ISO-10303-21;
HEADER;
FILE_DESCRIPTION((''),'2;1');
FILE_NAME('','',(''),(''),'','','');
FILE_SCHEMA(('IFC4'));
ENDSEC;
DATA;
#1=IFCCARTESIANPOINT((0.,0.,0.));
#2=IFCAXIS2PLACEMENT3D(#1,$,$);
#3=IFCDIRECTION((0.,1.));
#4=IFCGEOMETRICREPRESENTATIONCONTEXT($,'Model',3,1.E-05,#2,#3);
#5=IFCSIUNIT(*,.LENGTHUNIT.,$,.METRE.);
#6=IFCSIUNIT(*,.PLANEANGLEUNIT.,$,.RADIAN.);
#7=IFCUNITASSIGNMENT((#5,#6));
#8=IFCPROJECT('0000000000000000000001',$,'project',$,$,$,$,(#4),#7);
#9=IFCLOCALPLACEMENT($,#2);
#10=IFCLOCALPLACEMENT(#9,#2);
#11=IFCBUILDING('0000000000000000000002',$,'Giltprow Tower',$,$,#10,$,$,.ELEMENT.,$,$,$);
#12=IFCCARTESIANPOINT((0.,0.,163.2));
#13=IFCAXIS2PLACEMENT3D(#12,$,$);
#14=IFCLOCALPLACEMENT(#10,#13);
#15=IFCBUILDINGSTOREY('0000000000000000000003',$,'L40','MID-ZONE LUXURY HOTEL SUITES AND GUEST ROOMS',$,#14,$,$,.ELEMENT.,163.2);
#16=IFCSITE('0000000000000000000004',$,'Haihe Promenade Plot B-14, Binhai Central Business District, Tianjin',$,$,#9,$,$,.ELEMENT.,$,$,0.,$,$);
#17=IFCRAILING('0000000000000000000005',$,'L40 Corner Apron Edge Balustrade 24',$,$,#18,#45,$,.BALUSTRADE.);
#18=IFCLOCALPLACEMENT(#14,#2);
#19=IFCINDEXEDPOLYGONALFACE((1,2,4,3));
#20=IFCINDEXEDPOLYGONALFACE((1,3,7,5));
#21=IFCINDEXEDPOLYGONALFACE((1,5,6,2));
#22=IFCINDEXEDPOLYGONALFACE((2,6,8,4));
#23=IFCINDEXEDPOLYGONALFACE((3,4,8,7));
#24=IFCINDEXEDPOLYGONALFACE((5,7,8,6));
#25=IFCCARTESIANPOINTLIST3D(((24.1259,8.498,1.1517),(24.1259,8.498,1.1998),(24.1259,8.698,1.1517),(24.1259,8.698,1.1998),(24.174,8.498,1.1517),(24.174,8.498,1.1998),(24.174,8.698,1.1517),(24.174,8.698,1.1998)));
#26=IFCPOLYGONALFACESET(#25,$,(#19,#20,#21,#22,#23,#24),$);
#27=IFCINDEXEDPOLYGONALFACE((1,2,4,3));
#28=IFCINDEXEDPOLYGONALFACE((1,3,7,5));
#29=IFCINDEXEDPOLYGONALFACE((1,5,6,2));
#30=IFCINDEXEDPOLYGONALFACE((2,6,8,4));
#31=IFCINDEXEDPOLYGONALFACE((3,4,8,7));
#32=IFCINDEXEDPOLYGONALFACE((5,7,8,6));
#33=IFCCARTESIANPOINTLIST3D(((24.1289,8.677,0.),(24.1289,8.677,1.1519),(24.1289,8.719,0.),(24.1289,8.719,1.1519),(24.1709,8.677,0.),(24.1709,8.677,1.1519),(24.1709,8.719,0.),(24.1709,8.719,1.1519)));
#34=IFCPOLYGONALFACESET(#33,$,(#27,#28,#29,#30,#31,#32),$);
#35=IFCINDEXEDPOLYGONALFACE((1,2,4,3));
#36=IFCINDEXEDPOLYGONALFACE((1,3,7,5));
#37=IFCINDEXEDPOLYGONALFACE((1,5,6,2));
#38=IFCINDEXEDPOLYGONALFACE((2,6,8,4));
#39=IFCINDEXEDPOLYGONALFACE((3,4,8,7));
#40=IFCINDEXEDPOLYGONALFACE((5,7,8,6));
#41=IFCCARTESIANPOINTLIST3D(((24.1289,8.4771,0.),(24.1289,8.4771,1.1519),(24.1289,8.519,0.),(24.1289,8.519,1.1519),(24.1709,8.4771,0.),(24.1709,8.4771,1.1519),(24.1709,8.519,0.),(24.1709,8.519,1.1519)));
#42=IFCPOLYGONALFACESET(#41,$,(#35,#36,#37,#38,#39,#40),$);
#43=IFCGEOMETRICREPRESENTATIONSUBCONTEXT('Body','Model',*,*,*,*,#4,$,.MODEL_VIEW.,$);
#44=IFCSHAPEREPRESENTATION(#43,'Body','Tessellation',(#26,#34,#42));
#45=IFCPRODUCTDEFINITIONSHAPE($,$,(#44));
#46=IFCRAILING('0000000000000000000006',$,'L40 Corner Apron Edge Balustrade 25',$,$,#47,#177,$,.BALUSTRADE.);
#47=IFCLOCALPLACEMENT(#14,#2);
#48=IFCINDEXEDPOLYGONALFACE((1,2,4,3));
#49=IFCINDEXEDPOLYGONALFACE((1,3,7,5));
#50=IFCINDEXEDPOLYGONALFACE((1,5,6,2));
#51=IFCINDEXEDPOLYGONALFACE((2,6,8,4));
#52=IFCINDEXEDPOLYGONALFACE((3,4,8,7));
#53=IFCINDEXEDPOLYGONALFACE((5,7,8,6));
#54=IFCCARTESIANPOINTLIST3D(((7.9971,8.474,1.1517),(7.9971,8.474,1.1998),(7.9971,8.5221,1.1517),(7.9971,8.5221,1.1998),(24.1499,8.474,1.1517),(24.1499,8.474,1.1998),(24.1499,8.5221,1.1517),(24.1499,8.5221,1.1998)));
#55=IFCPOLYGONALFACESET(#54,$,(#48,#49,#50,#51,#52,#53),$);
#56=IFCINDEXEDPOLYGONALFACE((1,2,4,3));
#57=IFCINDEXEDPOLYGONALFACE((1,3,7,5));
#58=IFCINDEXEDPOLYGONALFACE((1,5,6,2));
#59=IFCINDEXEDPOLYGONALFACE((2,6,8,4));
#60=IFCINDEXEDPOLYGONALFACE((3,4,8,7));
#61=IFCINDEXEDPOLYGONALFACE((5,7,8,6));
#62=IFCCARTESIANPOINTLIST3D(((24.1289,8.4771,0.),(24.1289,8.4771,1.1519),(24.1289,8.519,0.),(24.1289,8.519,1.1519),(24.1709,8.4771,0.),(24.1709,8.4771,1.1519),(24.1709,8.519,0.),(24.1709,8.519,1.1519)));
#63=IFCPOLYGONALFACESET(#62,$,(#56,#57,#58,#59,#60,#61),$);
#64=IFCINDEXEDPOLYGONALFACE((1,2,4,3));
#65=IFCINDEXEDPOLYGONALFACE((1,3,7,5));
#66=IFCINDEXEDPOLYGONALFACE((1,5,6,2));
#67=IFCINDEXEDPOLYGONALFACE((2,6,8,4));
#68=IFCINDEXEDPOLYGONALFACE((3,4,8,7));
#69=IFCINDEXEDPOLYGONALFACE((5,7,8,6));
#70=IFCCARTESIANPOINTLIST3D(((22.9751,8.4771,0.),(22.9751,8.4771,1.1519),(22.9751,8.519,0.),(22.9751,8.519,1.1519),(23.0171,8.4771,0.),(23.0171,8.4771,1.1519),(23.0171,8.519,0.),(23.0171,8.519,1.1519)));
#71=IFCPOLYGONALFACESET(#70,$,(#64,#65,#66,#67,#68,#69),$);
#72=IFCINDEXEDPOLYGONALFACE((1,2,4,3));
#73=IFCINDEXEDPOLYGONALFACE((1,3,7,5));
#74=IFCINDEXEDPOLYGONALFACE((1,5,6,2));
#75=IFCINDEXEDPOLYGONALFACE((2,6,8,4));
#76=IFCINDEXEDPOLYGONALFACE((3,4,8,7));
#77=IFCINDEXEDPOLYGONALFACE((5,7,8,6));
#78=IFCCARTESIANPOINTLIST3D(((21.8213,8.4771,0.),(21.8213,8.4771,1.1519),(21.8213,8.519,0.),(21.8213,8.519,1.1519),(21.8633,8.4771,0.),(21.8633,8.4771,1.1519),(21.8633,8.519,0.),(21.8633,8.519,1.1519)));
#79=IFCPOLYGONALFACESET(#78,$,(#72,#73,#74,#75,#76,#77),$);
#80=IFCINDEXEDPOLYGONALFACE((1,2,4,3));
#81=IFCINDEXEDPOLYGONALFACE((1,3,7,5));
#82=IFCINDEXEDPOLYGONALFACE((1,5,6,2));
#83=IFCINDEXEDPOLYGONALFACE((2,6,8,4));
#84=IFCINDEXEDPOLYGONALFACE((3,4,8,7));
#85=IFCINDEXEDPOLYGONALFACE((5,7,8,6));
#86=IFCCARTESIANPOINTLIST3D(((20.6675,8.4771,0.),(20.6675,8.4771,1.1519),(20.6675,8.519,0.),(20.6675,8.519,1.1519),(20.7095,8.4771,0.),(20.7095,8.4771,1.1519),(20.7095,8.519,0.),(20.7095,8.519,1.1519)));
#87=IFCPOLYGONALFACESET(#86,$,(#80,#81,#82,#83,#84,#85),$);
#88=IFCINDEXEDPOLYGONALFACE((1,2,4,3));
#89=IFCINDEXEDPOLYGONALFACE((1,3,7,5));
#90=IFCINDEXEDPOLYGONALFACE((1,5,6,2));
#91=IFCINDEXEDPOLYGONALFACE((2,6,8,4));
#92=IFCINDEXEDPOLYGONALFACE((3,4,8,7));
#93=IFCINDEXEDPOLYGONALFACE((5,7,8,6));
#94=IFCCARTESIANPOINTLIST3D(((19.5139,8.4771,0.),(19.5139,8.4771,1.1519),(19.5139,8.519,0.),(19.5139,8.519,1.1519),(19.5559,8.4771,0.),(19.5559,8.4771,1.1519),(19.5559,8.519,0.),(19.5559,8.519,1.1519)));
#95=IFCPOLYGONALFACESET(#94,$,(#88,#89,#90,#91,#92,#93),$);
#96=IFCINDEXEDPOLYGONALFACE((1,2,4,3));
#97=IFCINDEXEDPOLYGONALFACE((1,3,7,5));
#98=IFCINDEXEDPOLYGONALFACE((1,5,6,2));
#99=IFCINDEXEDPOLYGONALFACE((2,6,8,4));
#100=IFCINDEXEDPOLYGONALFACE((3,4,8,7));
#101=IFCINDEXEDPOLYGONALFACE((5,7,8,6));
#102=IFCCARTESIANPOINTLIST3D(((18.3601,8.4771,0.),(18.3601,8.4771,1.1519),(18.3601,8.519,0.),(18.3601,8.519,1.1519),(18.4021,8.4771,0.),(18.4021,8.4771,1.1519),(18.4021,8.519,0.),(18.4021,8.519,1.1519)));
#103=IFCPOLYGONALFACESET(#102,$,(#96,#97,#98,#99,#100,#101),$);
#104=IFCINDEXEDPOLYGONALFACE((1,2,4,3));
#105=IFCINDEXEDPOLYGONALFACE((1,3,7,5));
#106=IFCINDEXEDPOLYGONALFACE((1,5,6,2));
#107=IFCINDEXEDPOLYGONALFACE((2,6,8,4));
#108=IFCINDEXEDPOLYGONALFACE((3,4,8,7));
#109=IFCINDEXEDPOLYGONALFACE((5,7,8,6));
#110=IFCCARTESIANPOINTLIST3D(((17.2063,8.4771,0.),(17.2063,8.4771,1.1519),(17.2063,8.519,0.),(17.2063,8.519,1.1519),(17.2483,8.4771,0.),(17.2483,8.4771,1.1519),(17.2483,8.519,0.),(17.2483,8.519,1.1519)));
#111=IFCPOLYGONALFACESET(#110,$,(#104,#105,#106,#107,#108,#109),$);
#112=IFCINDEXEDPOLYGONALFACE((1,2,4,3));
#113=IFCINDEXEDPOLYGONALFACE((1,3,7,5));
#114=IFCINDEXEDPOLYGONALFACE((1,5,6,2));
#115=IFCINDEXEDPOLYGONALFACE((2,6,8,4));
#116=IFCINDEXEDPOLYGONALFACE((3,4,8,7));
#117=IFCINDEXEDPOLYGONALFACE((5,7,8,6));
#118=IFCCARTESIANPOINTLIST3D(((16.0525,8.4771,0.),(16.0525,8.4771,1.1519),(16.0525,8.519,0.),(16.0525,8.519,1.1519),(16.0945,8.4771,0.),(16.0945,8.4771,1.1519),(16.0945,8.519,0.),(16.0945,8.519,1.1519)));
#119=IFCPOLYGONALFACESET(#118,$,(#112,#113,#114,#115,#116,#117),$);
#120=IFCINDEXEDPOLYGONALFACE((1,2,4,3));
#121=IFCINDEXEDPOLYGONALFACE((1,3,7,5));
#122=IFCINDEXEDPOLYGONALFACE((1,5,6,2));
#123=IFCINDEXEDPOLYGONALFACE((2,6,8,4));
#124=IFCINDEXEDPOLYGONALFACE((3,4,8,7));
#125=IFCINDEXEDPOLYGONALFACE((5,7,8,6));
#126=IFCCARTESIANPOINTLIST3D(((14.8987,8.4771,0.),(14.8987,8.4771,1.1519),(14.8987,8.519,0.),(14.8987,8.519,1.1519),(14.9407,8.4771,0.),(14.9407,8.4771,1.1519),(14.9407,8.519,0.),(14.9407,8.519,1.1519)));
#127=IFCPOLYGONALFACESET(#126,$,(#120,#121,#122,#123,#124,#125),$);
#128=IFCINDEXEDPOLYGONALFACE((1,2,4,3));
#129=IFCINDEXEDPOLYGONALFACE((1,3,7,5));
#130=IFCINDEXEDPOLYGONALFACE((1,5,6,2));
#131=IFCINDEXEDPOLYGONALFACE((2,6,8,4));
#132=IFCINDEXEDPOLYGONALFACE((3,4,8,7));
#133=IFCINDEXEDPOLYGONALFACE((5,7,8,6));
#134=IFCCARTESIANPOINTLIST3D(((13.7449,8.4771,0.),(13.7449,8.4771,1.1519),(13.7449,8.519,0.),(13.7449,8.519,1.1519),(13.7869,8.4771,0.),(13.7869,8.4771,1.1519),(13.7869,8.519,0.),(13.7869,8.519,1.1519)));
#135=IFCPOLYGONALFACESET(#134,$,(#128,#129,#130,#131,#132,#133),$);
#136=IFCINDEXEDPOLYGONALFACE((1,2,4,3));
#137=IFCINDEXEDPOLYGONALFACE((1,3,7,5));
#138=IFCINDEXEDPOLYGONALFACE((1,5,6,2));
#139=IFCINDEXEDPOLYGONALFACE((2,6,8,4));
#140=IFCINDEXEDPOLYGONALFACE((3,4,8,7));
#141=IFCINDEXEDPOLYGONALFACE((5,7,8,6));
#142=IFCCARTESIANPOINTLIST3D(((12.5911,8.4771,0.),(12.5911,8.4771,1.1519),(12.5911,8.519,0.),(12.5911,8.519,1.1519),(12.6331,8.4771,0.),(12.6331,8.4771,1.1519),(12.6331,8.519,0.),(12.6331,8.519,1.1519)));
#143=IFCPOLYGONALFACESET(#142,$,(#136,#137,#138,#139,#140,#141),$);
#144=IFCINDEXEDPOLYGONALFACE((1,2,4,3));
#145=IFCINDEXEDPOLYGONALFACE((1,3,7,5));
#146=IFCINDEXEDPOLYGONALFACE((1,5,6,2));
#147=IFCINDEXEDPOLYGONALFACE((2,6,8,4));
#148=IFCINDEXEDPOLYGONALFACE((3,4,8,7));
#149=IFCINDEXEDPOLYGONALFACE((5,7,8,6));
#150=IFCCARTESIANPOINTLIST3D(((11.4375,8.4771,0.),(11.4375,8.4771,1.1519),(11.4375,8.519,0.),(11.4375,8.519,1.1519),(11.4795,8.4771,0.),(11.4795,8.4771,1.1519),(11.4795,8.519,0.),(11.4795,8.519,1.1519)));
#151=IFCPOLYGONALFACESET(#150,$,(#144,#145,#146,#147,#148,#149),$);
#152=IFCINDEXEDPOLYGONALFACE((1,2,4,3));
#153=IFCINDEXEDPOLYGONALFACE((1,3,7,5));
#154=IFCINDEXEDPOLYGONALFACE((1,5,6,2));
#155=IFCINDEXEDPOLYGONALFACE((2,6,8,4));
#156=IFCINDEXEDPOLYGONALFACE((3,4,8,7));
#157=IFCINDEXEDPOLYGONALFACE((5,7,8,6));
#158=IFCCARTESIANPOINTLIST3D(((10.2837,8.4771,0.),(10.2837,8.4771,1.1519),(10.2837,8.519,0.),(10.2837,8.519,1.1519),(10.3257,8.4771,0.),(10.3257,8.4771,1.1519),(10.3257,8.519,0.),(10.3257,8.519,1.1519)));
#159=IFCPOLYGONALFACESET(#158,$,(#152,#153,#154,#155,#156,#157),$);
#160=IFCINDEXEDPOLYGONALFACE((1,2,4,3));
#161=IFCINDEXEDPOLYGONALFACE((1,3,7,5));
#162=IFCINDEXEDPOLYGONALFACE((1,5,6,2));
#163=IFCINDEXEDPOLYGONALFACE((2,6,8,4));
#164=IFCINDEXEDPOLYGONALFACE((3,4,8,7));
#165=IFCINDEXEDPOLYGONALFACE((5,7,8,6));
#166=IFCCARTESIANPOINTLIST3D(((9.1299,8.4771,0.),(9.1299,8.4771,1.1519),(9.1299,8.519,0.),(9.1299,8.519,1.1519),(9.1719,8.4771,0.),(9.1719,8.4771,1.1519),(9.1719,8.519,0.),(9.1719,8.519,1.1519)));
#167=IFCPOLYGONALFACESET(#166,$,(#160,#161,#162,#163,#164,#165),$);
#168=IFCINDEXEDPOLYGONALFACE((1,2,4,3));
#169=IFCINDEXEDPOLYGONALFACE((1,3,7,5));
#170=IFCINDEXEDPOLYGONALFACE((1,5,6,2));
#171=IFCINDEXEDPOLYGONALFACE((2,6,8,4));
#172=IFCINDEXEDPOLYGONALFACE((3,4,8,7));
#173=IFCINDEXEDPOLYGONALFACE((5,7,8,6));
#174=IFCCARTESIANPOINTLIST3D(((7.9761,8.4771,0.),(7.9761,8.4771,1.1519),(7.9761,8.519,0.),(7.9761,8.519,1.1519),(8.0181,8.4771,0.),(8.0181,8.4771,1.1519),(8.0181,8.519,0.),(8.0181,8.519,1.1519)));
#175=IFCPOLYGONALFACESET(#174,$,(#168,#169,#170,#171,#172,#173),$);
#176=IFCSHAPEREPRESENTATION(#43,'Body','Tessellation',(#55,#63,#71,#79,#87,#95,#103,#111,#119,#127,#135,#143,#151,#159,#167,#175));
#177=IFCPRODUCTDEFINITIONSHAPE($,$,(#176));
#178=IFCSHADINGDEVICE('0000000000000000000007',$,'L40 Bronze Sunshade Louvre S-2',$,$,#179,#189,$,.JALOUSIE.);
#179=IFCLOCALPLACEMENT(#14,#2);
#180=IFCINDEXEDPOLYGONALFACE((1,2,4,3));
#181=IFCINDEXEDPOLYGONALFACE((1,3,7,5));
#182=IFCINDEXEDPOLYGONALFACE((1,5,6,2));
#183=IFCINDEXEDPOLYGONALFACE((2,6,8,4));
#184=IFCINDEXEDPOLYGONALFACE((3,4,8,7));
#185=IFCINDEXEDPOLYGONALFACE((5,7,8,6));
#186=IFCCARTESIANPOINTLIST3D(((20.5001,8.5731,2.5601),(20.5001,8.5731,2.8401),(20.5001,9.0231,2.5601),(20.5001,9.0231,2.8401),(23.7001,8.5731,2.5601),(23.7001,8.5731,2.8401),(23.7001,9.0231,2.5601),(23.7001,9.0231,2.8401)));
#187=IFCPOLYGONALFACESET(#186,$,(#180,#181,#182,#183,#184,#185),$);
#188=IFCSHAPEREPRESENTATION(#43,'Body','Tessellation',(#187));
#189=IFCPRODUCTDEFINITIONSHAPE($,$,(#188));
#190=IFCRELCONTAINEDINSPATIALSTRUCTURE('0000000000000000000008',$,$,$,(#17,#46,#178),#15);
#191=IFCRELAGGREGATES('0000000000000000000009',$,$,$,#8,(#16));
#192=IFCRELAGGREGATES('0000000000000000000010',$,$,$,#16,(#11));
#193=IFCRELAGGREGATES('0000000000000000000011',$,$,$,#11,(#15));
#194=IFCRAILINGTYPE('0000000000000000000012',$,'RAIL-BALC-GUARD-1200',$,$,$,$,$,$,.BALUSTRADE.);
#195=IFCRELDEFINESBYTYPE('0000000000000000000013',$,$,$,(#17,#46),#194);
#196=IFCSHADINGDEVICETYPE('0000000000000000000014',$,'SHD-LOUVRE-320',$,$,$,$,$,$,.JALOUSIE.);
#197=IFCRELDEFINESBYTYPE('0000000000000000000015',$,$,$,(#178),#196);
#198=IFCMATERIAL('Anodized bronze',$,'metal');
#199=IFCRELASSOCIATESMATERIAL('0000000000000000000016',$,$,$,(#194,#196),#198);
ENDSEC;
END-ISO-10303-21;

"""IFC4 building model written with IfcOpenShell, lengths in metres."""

from ifc_helpers import new_model, si_unit, direction, frame, origin, origin_2d, place, context, subcontext, project, spatial, rectangle, extrude, source, transform, mapped, material, type_object, element, save


model = new_model("IFC4")

# Units and contexts
model_context = context("Model", 3, precision=1e-05, world=origin(), true_north=direction((0.0, 1.0)))
body_context = subcontext(model_context, "Body", "Model", "MODEL_VIEW")
ifc_project = project(units=[si_unit("LENGTHUNIT", "METRE"), si_unit("PLANEANGLEUNIT", "RADIAN")], contexts=[model_context])

# Site, building, storey
site_placement = place(None, origin())
site = spatial("IfcSite", under=ifc_project, at=site_placement, Name="Haihe Promenade Plot B-14, Binhai Central Business District, Tianjin", CompositionType="ELEMENT", RefElevation=0.0)
building_placement = place(site_placement, origin())
building = spatial("IfcBuilding", under=site, at=building_placement, Name="Giltprow Tower", CompositionType="ELEMENT")
storey_placement = place(building_placement, frame((0.0, 0.0, 163.2)))
storey = spatial("IfcBuildingStorey", under=building, at=storey_placement, Name="L40", Description="MID-ZONE LUXURY HOTEL SUITES AND GUEST ROOMS", CompositionType="ELEMENT", Elevation=163.2)

# Railings
ifc_material_1 = material(Name="Anodized bronze", Category="metal")
railing_type = type_object("IfcRailingType", Name="RAIL-BALC-GUARD-1200", PredefinedType="BALUSTRADE", material=ifc_material_1)
railing_1_placement = place(storey_placement, frame((24.1499, 8.698, 0.0)))
element("IfcRailing", 1, at=railing_1_placement, inside=storey, type_object=railing_type, Name="L40 Corner Apron Edge Balustrade 24", PredefinedType="BALUSTRADE", context=body_context, shape_type="SweptSolid", body=[
    extrude(rectangle(XDim=0.0481, YDim=0.0481, at=origin_2d()), frame((0.0, 0.0, 1.1758), z_axis=(0.0, -1.0, 0.0), x_axis=(1.0, 0.0, 0.0)), (0.0, 0.0, 1.0), 0.2),
    extrude(rectangle(XDim=0.042, YDim=0.042, at=origin_2d()), origin(), (0.0, 0.0, 1.0), 1.1519),
    extrude(rectangle(XDim=0.042, YDim=0.042, at=origin_2d()), frame((0.0, -0.2, 0.0)), (0.0, 0.0, 1.0), 1.1519),
])
railing_2_placement = place(storey_placement, frame((24.1499, 8.498, 0.0)))
element("IfcRailing", 2, at=railing_2_placement, inside=storey, type_object=railing_type, Name="L40 Corner Apron Edge Balustrade 25", PredefinedType="BALUSTRADE", context=body_context, shape_type="SweptSolid", body=[
    extrude(rectangle(XDim=0.0481, YDim=0.0481, at=origin_2d()), frame((0.0, 0.0, 1.1758), z_axis=(-1.0, 0.0, 0.0), x_axis=(0.0, -1.0, 0.0)), (0.0, 0.0, 1.0), 16.1528),
    extrude(rectangle(XDim=0.042, YDim=0.042, at=origin_2d()), origin(), (0.0, 0.0, 1.0), 1.1519),
    extrude(rectangle(XDim=0.042, YDim=0.042, at=origin_2d()), frame((-1.1538, 0.0, 0.0)), (0.0, 0.0, 1.0), 1.1519),
    extrude(rectangle(XDim=0.042, YDim=0.042, at=origin_2d()), frame((-2.3076, 0.0, 0.0)), (0.0, 0.0, 1.0), 1.1519),
    extrude(rectangle(XDim=0.042, YDim=0.042, at=origin_2d()), frame((-3.4614, 0.0, 0.0)), (0.0, 0.0, 1.0), 1.1519),
    extrude(rectangle(XDim=0.042, YDim=0.042, at=origin_2d()), frame((-4.615, 0.0, 0.0)), (0.0, 0.0, 1.0), 1.1519),
    extrude(rectangle(XDim=0.042, YDim=0.042, at=origin_2d()), frame((-5.7688, 0.0, 0.0)), (0.0, 0.0, 1.0), 1.1519),
    extrude(rectangle(XDim=0.042, YDim=0.042, at=origin_2d()), frame((-6.9226, 0.0, 0.0)), (0.0, 0.0, 1.0), 1.1519),
    extrude(rectangle(XDim=0.042, YDim=0.042, at=origin_2d()), frame((-8.0764, 0.0, 0.0)), (0.0, 0.0, 1.0), 1.1519),
    extrude(rectangle(XDim=0.042, YDim=0.042, at=origin_2d()), frame((-9.2302, 0.0, 0.0)), (0.0, 0.0, 1.0), 1.1519),
    extrude(rectangle(XDim=0.042, YDim=0.042, at=origin_2d()), frame((-10.384, 0.0, 0.0)), (0.0, 0.0, 1.0), 1.1519),
    extrude(rectangle(XDim=0.042, YDim=0.042, at=origin_2d()), frame((-11.5378, 0.0, 0.0)), (0.0, 0.0, 1.0), 1.1519),
    extrude(rectangle(XDim=0.042, YDim=0.042, at=origin_2d()), frame((-12.6914, 0.0, 0.0)), (0.0, 0.0, 1.0), 1.1519),
    extrude(rectangle(XDim=0.042, YDim=0.042, at=origin_2d()), frame((-13.8452, 0.0, 0.0)), (0.0, 0.0, 1.0), 1.1519),
    extrude(rectangle(XDim=0.042, YDim=0.042, at=origin_2d()), frame((-14.999, 0.0, 0.0)), (0.0, 0.0, 1.0), 1.1519),
    extrude(rectangle(XDim=0.042, YDim=0.042, at=origin_2d()), frame((-16.1528, 0.0, 0.0)), (0.0, 0.0, 1.0), 1.1519),
])

# Shading device
shading_device_type = type_object("IfcShadingDeviceType", Name="SHD-LOUVRE-320", PredefinedType="JALOUSIE", material=ifc_material_1)
shared_shape_1 = source(origin(), body_context, "Body", "SweptSolid", [
    extrude(rectangle(XDim=3.2, YDim=0.45, at=origin_2d()), origin(), (0.0, 0.0, 1.0), 0.28),
])
shading_device_placement = place(storey_placement, frame((22.1001, 8.7981, 2.5601), z_axis=(0.0, 0.0, 1.0), x_axis=(1.0, 0.0, 0.0)))
element("IfcShadingDevice", 3, at=shading_device_placement, inside=storey, type_object=shading_device_type, Name="L40 Bronze Sunshade Louvre S-2", PredefinedType="JALOUSIE", context=body_context, shape_type="MappedRepresentation", body=[
    mapped(shared_shape_1, transform((0.0, 0.0, 0.0), x_axis=(1.0, 0.0, 0.0), y_axis=(0.0, 1.0, 0.0), z_axis=(0.0, 0.0, 1.0), scale=1.0)),
])

save(model, "model.ifc")
